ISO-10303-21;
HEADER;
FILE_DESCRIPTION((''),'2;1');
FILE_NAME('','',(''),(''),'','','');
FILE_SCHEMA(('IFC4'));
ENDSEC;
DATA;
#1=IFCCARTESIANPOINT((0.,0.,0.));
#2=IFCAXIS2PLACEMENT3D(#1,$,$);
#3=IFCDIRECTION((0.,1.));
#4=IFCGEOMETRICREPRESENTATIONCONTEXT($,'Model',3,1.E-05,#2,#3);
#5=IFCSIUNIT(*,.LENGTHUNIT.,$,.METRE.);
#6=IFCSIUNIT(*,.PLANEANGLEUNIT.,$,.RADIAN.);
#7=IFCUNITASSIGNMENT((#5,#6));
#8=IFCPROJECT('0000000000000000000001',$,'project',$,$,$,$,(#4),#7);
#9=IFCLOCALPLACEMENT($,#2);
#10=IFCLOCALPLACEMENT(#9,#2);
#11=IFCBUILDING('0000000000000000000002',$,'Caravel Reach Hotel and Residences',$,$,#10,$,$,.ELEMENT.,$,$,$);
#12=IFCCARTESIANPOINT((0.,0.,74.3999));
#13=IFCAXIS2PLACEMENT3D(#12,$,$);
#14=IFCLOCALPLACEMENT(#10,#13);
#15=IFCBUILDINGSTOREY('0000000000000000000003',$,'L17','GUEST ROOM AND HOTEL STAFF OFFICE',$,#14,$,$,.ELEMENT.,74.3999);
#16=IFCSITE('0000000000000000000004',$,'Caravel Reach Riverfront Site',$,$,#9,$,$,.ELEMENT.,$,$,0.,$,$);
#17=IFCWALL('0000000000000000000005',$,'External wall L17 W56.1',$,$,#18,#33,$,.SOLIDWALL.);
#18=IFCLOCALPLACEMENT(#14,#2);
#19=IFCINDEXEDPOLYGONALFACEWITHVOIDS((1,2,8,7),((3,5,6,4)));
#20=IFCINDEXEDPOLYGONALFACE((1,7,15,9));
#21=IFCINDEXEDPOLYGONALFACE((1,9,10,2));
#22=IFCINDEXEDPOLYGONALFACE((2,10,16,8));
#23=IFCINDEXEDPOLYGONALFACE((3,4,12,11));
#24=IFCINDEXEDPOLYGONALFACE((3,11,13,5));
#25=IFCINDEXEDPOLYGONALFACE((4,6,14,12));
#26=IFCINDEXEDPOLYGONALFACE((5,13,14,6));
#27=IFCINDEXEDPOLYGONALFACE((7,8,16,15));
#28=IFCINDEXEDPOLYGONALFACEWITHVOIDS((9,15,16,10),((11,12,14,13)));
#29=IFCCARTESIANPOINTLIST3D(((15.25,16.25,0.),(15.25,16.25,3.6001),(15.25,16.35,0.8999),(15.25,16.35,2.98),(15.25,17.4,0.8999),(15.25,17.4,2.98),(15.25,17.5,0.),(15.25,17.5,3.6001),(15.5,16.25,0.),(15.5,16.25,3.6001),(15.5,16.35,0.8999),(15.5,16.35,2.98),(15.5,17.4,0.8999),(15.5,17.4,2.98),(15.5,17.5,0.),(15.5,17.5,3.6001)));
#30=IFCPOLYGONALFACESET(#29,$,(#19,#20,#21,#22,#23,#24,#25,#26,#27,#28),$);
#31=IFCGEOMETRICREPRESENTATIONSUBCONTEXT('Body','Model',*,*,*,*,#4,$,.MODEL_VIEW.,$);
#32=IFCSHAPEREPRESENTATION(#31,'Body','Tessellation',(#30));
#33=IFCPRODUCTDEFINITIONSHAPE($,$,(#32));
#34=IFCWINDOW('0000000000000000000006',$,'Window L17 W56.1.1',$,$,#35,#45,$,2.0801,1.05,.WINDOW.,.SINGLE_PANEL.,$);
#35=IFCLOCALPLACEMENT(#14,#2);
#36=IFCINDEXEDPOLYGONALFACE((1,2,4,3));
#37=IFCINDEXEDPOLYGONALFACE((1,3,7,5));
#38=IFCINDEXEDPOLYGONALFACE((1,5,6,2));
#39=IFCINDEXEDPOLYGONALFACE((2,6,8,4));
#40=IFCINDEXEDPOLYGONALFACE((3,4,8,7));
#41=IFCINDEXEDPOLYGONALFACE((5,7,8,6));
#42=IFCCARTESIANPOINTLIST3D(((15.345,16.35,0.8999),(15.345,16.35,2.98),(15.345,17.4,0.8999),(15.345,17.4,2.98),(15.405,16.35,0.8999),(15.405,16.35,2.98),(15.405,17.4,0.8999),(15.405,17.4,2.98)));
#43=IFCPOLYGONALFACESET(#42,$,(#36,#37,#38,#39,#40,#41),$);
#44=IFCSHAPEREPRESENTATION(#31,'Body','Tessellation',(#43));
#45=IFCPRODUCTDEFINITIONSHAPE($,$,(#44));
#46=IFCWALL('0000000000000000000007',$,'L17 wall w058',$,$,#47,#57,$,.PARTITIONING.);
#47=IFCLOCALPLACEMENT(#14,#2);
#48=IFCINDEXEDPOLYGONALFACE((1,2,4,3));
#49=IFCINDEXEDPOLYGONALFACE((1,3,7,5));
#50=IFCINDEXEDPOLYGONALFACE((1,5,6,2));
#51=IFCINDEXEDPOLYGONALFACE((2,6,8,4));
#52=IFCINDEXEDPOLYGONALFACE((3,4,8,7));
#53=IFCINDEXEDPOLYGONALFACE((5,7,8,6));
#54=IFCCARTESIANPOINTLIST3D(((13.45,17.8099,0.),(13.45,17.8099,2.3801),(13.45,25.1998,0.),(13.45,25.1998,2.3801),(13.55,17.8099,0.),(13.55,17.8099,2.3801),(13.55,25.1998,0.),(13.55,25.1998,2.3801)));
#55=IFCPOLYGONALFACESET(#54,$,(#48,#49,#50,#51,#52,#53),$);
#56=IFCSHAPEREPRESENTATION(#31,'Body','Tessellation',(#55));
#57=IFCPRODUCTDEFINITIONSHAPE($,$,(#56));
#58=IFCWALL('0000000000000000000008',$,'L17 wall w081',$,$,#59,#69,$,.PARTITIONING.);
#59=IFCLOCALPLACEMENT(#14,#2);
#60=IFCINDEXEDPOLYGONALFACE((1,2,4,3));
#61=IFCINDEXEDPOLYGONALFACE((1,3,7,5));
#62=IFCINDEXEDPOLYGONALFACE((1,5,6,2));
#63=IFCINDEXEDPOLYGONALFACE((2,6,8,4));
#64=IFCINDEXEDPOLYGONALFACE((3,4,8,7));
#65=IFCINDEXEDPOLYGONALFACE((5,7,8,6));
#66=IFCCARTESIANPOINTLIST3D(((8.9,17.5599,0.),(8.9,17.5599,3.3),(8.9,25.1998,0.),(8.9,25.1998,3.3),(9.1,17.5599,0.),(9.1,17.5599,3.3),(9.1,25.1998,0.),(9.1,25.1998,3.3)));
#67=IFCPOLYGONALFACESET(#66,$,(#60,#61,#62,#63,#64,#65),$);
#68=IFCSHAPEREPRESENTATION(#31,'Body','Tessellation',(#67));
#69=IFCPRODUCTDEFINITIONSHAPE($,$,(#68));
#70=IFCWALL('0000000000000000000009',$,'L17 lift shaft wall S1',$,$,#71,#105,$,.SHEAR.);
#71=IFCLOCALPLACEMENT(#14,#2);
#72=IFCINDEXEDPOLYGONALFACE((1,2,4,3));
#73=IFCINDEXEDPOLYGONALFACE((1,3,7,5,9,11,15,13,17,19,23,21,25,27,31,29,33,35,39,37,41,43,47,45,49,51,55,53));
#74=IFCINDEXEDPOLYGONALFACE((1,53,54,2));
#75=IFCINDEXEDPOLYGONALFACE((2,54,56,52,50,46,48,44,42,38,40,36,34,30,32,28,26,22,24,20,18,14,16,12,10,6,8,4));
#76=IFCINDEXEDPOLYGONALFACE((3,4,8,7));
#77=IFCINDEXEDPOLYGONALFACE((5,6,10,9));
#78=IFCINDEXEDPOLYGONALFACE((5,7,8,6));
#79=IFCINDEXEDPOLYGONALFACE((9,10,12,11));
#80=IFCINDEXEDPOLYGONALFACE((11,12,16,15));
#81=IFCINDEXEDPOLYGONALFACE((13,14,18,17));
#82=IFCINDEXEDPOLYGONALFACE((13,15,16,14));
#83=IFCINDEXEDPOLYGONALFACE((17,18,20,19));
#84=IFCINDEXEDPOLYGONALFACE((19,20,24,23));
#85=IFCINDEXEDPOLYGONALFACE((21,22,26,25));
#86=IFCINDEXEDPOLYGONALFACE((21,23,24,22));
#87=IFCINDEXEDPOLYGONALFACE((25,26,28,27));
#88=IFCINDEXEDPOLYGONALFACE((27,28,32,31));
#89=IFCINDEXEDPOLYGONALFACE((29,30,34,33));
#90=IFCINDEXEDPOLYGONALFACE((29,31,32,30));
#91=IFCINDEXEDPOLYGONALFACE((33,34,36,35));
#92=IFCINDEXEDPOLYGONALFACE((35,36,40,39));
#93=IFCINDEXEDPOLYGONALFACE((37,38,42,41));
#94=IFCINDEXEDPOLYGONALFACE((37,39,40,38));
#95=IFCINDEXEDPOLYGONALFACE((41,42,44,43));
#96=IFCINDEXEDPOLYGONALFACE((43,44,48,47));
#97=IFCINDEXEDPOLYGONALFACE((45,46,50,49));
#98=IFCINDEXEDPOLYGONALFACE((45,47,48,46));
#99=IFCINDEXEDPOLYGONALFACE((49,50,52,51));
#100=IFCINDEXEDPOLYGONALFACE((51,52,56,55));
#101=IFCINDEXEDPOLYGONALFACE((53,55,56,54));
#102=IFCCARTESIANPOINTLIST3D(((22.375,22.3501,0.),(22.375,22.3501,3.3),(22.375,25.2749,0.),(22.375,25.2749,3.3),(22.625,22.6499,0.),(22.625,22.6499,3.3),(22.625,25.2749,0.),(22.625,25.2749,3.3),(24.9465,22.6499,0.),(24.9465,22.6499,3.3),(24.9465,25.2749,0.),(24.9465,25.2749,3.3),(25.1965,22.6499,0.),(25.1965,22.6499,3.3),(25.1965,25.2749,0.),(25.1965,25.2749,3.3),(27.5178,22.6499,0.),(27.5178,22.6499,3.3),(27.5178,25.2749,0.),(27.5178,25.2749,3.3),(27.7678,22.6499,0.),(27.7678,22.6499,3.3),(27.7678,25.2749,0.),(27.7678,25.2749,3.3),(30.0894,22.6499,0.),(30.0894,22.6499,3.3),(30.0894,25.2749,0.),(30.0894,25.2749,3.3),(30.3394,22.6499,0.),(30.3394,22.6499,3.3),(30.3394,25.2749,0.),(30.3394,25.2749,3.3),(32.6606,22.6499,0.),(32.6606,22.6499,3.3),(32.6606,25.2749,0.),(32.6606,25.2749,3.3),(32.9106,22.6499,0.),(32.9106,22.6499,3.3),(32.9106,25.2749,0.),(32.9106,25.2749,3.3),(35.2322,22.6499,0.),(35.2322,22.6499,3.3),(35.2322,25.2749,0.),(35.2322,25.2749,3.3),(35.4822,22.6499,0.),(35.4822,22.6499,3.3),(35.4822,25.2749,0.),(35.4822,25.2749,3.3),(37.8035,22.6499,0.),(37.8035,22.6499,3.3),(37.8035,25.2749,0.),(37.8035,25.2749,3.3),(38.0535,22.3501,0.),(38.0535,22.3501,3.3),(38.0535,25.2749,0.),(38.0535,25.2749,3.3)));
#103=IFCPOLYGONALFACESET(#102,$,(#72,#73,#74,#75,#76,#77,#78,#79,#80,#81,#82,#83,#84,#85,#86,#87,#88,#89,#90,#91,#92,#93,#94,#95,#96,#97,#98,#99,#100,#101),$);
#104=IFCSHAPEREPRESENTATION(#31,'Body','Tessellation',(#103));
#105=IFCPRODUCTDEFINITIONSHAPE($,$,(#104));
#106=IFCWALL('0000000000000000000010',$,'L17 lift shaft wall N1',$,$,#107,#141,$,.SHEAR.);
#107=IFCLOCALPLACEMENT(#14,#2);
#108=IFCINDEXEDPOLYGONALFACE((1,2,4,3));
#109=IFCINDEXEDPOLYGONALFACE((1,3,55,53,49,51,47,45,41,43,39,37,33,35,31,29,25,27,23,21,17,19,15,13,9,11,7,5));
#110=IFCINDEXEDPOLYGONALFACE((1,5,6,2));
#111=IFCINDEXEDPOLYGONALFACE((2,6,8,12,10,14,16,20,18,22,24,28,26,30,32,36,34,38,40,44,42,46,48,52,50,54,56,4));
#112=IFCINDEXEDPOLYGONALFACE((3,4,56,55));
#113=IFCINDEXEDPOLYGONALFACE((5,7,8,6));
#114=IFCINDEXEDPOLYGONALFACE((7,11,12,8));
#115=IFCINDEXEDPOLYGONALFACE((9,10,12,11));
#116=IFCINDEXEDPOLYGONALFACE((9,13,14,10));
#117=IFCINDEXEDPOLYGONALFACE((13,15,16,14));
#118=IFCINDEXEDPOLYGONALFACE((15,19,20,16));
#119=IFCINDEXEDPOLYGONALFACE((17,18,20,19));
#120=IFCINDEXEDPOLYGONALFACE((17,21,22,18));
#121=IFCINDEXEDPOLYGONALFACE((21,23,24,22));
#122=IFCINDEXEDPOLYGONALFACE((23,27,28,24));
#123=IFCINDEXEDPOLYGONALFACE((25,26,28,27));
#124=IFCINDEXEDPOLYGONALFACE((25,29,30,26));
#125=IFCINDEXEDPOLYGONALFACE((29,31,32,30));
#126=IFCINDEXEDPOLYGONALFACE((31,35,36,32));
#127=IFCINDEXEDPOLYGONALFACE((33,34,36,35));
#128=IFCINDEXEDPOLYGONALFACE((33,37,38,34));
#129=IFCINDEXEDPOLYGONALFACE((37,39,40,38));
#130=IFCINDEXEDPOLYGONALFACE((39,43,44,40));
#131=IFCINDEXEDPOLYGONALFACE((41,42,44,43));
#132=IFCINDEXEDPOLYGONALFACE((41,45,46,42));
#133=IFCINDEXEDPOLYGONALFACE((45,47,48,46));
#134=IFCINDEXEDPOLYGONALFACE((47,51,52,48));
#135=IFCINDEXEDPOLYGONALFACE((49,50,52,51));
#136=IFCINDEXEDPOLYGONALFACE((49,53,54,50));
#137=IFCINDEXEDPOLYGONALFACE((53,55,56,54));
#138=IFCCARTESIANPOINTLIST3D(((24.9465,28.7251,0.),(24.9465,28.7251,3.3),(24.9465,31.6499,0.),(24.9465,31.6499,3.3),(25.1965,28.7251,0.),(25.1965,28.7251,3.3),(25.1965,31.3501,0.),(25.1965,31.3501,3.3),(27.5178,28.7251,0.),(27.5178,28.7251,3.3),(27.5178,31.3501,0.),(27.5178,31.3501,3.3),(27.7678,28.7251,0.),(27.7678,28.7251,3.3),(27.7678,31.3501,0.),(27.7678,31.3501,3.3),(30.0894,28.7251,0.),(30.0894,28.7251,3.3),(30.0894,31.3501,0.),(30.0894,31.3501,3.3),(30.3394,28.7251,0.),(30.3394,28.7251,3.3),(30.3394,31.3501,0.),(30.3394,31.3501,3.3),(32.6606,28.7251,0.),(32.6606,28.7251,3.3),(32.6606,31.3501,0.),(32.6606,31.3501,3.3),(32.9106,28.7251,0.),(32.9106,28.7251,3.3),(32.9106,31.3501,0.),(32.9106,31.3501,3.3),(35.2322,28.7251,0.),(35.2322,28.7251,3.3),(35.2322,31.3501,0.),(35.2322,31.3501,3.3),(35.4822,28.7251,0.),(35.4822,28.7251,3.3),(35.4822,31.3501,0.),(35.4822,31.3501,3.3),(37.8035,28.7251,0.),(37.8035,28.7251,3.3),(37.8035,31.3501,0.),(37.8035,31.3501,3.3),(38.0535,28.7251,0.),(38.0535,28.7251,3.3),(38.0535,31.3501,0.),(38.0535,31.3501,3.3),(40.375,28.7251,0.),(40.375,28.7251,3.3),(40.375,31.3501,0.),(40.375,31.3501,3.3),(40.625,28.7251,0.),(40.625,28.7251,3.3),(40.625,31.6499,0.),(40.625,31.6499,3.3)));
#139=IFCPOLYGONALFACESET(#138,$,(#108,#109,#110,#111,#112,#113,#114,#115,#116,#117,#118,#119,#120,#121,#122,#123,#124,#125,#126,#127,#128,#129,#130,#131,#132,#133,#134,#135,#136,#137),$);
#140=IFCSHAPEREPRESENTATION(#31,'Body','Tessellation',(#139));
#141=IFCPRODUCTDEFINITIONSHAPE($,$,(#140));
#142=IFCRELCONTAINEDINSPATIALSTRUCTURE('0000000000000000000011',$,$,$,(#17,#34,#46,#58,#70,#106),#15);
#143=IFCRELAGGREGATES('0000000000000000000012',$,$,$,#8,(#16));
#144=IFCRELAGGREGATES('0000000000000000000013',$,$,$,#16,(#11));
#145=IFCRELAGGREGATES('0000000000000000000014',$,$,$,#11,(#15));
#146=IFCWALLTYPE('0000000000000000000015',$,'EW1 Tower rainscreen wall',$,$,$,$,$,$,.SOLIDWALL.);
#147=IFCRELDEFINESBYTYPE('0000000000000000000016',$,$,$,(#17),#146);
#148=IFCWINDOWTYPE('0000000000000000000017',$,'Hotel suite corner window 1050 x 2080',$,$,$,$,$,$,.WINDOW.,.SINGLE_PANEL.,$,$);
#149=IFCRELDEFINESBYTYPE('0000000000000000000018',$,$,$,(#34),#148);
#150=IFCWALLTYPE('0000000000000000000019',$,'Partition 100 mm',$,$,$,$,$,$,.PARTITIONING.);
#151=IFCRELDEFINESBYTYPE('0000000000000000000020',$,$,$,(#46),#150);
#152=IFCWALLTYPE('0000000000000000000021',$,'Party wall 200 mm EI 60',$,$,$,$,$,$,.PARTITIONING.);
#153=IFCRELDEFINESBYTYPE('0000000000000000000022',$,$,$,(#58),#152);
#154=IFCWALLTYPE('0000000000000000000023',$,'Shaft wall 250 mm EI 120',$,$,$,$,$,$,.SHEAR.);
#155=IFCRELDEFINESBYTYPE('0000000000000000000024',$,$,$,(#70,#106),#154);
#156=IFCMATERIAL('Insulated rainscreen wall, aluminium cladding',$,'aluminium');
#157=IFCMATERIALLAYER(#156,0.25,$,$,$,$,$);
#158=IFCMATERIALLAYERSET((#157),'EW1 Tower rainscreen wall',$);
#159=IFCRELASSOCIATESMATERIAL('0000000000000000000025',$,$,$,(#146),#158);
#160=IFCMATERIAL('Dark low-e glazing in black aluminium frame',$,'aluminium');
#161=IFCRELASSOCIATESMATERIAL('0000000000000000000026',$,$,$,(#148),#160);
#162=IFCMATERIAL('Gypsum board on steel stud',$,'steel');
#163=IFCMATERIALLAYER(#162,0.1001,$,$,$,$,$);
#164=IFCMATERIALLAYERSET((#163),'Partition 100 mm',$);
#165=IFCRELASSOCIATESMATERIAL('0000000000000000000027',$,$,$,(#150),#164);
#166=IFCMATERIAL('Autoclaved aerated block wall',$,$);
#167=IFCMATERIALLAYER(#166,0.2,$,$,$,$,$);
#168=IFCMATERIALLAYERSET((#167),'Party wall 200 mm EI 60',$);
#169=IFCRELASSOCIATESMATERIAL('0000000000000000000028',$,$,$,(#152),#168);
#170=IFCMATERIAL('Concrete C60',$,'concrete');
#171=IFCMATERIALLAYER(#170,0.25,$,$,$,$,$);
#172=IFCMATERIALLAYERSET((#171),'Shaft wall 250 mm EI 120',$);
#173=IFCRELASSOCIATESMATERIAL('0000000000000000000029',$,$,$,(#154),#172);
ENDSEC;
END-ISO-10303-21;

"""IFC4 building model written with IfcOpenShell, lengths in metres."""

from ifc_helpers import new_model, si_unit, direction, frame, frame_2d, origin, place, context, subcontext, project, spatial, polyline, rectangle, outline, extrude, material, layer, layer_set, type_object, element, fill, save


model = new_model("IFC4")

# Units and contexts
model_context = context("Model", 3, precision=1e-05, world=origin(), true_north=direction((0.0, 1.0)))
body_context = subcontext(model_context, "Body", "Model", "MODEL_VIEW")
ifc_project = project(units=[si_unit("LENGTHUNIT", "METRE"), si_unit("PLANEANGLEUNIT", "RADIAN")], contexts=[model_context])

# Site, building, storey
site_placement = place(None, origin())
site = spatial("IfcSite", under=ifc_project, at=site_placement, Name="Caravel Reach Riverfront Site", CompositionType="ELEMENT", RefElevation=0.0)
building_placement = place(site_placement, origin())
building = spatial("IfcBuilding", under=site, at=building_placement, Name="Caravel Reach Hotel and Residences", CompositionType="ELEMENT")
storey_placement = place(building_placement, frame((0.0, 0.0, 74.3999)))
storey = spatial("IfcBuildingStorey", under=building, at=storey_placement, Name="L17", Description="GUEST ROOM AND HOTEL STAFF OFFICE", CompositionType="ELEMENT", Elevation=74.3999)

# Shared definitions
ifc_material_1 = material(Name="Insulated rainscreen wall, aluminium cladding", Category="aluminium")
ifc_layer_1 = layer(ifc_material_1, 0.25)
ifc_layer_set_1 = layer_set([ifc_layer_1], Name="EW1 Tower rainscreen wall")
wall_type_1 = type_object("IfcWallType", Name="EW1 Tower rainscreen wall", PredefinedType="SOLIDWALL", material=ifc_layer_set_1)

# Wall, opening, window
ifc_material_2 = material(Name="Dark low-e glazing in black aluminium frame", Category="aluminium")
window_type_1 = type_object("IfcWindowType", Name="Hotel suite corner window 1050 x 2080", PartitioningType="SINGLE_PANEL", PredefinedType="WINDOW", material=ifc_material_2)
wall_1_placement = place(storey_placement, frame((15.375, 17.5, 0.0), z_axis=(0.0, 0.0, 1.0), x_axis=(0.0, -1.0, 0.0)))
wall_1 = element("IfcWall", 1, at=wall_1_placement, inside=storey, type_object=wall_type_1, Name="External wall L17 W56.1", PredefinedType="SOLIDWALL", context=body_context, shape_type="SweptSolid", body=[
    extrude(rectangle(XDim=1.25, YDim=0.25, at=frame_2d((0.625, 0.0))), origin(), (0.0, 0.0, 1.0), 3.6001),
])
opening_1_placement = place(wall_1_placement, frame((0.1001, 0.0, 0.8999)))
opening_1 = element("IfcOpeningElement", 2, at=opening_1_placement, cuts=wall_1, PredefinedType="OPENING", context=body_context, shape_type="SweptSolid", body=[
    extrude(rectangle(XDim=1.05, YDim=2.0801, at=frame_2d((0.5249, 1.04))), frame((0.0, 0.135, 0.0), z_axis=(0.0, -1.0, 0.0), x_axis=(1.0, 0.0, 0.0)), (0.0, 0.0, 1.0), 0.27),
])
window_1_placement = place(opening_1_placement, origin())
window_1 = element("IfcWindow", 3, at=window_1_placement, inside=storey, type_object=window_type_1, Name="Window L17 W56.1.1", OverallHeight=2.0801, OverallWidth=1.05, PartitioningType="SINGLE_PANEL", PredefinedType="WINDOW", context=body_context, shape_type="SweptSolid", body=[
    extrude(rectangle(XDim=1.05, YDim=2.0801, at=frame_2d((0.5249, 1.04))), frame((0.0, 0.03, 0.0), z_axis=(0.0, -1.0, 0.0), x_axis=(1.0, 0.0, 0.0)), (0.0, 0.0, 1.0), 0.0601),
])
fill(opening_1, window_1)

# Walls
ifc_material_3 = material(Name="Gypsum board on steel stud", Category="steel")
ifc_layer_2 = layer(ifc_material_3, 0.1001)
ifc_layer_set_2 = layer_set([ifc_layer_2], Name="Partition 100 mm")
wall_type_2 = type_object("IfcWallType", Name="Partition 100 mm", PredefinedType="PARTITIONING", material=ifc_layer_set_2)
wall_2_placement = place(storey_placement, frame((13.5, 17.8101, 0.0), z_axis=(0.0, 0.0, 1.0), x_axis=(0.0, 1.0, 0.0)))
element("IfcWall", 4, at=wall_2_placement, inside=storey, type_object=wall_type_2, Name="L17 wall w058", PredefinedType="PARTITIONING", context=body_context, shape_type="SweptSolid", body=[
    extrude(rectangle(XDim=7.3899, YDim=0.1001, at=frame_2d((3.6948, 0.0))), origin(), (0.0, 0.0, 1.0), 2.3801),
])
ifc_material_4 = material(Name="Autoclaved aerated block wall")
ifc_layer_3 = layer(ifc_material_4, 0.2)
ifc_layer_set_3 = layer_set([ifc_layer_3], Name="Party wall 200 mm EI 60")
wall_type_3 = type_object("IfcWallType", Name="Party wall 200 mm EI 60", PredefinedType="PARTITIONING", material=ifc_layer_set_3)
wall_3_placement = place(storey_placement, frame((9.0, 17.5601, 0.0), z_axis=(0.0, 0.0, 1.0), x_axis=(0.0, 1.0, 0.0)))
element("IfcWall", 5, at=wall_3_placement, inside=storey, type_object=wall_type_3, Name="L17 wall w081", PredefinedType="PARTITIONING", context=body_context, shape_type="SweptSolid", body=[
    extrude(rectangle(XDim=7.6399, YDim=0.2, at=frame_2d((3.8198, 0.0))), origin(), (0.0, 0.0, 1.0), 3.3),
])
ifc_material_5 = material(Name="Concrete C60", Category="concrete")
ifc_layer_4 = layer(ifc_material_5, 0.25)
ifc_layer_set_4 = layer_set([ifc_layer_4], Name="Shaft wall 250 mm EI 120")
wall_type_4 = type_object("IfcWallType", Name="Shaft wall 250 mm EI 120", PredefinedType="SHEAR", material=ifc_layer_set_4)
wall_4_placement = place(storey_placement, origin())
element("IfcWall", 6, at=wall_4_placement, inside=storey, type_object=wall_type_4, Name="L17 lift shaft wall S1", PredefinedType="SHEAR", context=body_context, shape_type="SweptSolid", body=[
    extrude(outline(polyline([(22.375, 22.3501), (38.0535, 22.3501), (38.0535, 25.2749), (37.8035, 25.2749), (37.8035, 22.6499), (35.4822, 22.6499), (35.4822, 25.2749), (35.2322, 25.2749), (35.2322, 22.6499), (32.9106, 22.6499), (32.9106, 25.2749), (32.6606, 25.2749), (32.6606, 22.6499), (30.3394, 22.6499), (30.3394, 25.2749), (30.0894, 25.2749), (30.0894, 22.6499), (27.7678, 22.6499), (27.7678, 25.2749), (27.5178, 25.2749), (27.5178, 22.6499), (25.1965, 22.6499), (25.1965, 25.2749), (24.9465, 25.2749), (24.9465, 22.6499), (22.625, 22.6499), (22.625, 25.2749), (22.375, 25.2749), (22.375, 22.3501)])), origin(), (0.0, 0.0, 1.0), 3.3),
])
wall_5_placement = place(storey_placement, origin())
element("IfcWall", 7, at=wall_5_placement, inside=storey, type_object=wall_type_4, Name="L17 lift shaft wall N1", PredefinedType="SHEAR", context=body_context, shape_type="SweptSolid", body=[
    extrude(outline(polyline([(24.9465, 28.7251), (25.1965, 28.7251), (25.1965, 31.3501), (27.5178, 31.3501), (27.5178, 28.7251), (27.7678, 28.7251), (27.7678, 31.3501), (30.0894, 31.3501), (30.0894, 28.7251), (30.3394, 28.7251), (30.3394, 31.3501), (32.6606, 31.3501), (32.6606, 28.7251), (32.9106, 28.7251), (32.9106, 31.3501), (35.2322, 31.3501), (35.2322, 28.7251), (35.4822, 28.7251), (35.4822, 31.3501), (37.8035, 31.3501), (37.8035, 28.7251), (38.0535, 28.7251), (38.0535, 31.3501), (40.375, 31.3501), (40.375, 28.7251), (40.625, 28.7251), (40.625, 31.6499), (24.9465, 31.6499), (24.9465, 28.7251)])), origin(), (0.0, 0.0, 1.0), 3.3),
])

save(model, "model.ifc")
